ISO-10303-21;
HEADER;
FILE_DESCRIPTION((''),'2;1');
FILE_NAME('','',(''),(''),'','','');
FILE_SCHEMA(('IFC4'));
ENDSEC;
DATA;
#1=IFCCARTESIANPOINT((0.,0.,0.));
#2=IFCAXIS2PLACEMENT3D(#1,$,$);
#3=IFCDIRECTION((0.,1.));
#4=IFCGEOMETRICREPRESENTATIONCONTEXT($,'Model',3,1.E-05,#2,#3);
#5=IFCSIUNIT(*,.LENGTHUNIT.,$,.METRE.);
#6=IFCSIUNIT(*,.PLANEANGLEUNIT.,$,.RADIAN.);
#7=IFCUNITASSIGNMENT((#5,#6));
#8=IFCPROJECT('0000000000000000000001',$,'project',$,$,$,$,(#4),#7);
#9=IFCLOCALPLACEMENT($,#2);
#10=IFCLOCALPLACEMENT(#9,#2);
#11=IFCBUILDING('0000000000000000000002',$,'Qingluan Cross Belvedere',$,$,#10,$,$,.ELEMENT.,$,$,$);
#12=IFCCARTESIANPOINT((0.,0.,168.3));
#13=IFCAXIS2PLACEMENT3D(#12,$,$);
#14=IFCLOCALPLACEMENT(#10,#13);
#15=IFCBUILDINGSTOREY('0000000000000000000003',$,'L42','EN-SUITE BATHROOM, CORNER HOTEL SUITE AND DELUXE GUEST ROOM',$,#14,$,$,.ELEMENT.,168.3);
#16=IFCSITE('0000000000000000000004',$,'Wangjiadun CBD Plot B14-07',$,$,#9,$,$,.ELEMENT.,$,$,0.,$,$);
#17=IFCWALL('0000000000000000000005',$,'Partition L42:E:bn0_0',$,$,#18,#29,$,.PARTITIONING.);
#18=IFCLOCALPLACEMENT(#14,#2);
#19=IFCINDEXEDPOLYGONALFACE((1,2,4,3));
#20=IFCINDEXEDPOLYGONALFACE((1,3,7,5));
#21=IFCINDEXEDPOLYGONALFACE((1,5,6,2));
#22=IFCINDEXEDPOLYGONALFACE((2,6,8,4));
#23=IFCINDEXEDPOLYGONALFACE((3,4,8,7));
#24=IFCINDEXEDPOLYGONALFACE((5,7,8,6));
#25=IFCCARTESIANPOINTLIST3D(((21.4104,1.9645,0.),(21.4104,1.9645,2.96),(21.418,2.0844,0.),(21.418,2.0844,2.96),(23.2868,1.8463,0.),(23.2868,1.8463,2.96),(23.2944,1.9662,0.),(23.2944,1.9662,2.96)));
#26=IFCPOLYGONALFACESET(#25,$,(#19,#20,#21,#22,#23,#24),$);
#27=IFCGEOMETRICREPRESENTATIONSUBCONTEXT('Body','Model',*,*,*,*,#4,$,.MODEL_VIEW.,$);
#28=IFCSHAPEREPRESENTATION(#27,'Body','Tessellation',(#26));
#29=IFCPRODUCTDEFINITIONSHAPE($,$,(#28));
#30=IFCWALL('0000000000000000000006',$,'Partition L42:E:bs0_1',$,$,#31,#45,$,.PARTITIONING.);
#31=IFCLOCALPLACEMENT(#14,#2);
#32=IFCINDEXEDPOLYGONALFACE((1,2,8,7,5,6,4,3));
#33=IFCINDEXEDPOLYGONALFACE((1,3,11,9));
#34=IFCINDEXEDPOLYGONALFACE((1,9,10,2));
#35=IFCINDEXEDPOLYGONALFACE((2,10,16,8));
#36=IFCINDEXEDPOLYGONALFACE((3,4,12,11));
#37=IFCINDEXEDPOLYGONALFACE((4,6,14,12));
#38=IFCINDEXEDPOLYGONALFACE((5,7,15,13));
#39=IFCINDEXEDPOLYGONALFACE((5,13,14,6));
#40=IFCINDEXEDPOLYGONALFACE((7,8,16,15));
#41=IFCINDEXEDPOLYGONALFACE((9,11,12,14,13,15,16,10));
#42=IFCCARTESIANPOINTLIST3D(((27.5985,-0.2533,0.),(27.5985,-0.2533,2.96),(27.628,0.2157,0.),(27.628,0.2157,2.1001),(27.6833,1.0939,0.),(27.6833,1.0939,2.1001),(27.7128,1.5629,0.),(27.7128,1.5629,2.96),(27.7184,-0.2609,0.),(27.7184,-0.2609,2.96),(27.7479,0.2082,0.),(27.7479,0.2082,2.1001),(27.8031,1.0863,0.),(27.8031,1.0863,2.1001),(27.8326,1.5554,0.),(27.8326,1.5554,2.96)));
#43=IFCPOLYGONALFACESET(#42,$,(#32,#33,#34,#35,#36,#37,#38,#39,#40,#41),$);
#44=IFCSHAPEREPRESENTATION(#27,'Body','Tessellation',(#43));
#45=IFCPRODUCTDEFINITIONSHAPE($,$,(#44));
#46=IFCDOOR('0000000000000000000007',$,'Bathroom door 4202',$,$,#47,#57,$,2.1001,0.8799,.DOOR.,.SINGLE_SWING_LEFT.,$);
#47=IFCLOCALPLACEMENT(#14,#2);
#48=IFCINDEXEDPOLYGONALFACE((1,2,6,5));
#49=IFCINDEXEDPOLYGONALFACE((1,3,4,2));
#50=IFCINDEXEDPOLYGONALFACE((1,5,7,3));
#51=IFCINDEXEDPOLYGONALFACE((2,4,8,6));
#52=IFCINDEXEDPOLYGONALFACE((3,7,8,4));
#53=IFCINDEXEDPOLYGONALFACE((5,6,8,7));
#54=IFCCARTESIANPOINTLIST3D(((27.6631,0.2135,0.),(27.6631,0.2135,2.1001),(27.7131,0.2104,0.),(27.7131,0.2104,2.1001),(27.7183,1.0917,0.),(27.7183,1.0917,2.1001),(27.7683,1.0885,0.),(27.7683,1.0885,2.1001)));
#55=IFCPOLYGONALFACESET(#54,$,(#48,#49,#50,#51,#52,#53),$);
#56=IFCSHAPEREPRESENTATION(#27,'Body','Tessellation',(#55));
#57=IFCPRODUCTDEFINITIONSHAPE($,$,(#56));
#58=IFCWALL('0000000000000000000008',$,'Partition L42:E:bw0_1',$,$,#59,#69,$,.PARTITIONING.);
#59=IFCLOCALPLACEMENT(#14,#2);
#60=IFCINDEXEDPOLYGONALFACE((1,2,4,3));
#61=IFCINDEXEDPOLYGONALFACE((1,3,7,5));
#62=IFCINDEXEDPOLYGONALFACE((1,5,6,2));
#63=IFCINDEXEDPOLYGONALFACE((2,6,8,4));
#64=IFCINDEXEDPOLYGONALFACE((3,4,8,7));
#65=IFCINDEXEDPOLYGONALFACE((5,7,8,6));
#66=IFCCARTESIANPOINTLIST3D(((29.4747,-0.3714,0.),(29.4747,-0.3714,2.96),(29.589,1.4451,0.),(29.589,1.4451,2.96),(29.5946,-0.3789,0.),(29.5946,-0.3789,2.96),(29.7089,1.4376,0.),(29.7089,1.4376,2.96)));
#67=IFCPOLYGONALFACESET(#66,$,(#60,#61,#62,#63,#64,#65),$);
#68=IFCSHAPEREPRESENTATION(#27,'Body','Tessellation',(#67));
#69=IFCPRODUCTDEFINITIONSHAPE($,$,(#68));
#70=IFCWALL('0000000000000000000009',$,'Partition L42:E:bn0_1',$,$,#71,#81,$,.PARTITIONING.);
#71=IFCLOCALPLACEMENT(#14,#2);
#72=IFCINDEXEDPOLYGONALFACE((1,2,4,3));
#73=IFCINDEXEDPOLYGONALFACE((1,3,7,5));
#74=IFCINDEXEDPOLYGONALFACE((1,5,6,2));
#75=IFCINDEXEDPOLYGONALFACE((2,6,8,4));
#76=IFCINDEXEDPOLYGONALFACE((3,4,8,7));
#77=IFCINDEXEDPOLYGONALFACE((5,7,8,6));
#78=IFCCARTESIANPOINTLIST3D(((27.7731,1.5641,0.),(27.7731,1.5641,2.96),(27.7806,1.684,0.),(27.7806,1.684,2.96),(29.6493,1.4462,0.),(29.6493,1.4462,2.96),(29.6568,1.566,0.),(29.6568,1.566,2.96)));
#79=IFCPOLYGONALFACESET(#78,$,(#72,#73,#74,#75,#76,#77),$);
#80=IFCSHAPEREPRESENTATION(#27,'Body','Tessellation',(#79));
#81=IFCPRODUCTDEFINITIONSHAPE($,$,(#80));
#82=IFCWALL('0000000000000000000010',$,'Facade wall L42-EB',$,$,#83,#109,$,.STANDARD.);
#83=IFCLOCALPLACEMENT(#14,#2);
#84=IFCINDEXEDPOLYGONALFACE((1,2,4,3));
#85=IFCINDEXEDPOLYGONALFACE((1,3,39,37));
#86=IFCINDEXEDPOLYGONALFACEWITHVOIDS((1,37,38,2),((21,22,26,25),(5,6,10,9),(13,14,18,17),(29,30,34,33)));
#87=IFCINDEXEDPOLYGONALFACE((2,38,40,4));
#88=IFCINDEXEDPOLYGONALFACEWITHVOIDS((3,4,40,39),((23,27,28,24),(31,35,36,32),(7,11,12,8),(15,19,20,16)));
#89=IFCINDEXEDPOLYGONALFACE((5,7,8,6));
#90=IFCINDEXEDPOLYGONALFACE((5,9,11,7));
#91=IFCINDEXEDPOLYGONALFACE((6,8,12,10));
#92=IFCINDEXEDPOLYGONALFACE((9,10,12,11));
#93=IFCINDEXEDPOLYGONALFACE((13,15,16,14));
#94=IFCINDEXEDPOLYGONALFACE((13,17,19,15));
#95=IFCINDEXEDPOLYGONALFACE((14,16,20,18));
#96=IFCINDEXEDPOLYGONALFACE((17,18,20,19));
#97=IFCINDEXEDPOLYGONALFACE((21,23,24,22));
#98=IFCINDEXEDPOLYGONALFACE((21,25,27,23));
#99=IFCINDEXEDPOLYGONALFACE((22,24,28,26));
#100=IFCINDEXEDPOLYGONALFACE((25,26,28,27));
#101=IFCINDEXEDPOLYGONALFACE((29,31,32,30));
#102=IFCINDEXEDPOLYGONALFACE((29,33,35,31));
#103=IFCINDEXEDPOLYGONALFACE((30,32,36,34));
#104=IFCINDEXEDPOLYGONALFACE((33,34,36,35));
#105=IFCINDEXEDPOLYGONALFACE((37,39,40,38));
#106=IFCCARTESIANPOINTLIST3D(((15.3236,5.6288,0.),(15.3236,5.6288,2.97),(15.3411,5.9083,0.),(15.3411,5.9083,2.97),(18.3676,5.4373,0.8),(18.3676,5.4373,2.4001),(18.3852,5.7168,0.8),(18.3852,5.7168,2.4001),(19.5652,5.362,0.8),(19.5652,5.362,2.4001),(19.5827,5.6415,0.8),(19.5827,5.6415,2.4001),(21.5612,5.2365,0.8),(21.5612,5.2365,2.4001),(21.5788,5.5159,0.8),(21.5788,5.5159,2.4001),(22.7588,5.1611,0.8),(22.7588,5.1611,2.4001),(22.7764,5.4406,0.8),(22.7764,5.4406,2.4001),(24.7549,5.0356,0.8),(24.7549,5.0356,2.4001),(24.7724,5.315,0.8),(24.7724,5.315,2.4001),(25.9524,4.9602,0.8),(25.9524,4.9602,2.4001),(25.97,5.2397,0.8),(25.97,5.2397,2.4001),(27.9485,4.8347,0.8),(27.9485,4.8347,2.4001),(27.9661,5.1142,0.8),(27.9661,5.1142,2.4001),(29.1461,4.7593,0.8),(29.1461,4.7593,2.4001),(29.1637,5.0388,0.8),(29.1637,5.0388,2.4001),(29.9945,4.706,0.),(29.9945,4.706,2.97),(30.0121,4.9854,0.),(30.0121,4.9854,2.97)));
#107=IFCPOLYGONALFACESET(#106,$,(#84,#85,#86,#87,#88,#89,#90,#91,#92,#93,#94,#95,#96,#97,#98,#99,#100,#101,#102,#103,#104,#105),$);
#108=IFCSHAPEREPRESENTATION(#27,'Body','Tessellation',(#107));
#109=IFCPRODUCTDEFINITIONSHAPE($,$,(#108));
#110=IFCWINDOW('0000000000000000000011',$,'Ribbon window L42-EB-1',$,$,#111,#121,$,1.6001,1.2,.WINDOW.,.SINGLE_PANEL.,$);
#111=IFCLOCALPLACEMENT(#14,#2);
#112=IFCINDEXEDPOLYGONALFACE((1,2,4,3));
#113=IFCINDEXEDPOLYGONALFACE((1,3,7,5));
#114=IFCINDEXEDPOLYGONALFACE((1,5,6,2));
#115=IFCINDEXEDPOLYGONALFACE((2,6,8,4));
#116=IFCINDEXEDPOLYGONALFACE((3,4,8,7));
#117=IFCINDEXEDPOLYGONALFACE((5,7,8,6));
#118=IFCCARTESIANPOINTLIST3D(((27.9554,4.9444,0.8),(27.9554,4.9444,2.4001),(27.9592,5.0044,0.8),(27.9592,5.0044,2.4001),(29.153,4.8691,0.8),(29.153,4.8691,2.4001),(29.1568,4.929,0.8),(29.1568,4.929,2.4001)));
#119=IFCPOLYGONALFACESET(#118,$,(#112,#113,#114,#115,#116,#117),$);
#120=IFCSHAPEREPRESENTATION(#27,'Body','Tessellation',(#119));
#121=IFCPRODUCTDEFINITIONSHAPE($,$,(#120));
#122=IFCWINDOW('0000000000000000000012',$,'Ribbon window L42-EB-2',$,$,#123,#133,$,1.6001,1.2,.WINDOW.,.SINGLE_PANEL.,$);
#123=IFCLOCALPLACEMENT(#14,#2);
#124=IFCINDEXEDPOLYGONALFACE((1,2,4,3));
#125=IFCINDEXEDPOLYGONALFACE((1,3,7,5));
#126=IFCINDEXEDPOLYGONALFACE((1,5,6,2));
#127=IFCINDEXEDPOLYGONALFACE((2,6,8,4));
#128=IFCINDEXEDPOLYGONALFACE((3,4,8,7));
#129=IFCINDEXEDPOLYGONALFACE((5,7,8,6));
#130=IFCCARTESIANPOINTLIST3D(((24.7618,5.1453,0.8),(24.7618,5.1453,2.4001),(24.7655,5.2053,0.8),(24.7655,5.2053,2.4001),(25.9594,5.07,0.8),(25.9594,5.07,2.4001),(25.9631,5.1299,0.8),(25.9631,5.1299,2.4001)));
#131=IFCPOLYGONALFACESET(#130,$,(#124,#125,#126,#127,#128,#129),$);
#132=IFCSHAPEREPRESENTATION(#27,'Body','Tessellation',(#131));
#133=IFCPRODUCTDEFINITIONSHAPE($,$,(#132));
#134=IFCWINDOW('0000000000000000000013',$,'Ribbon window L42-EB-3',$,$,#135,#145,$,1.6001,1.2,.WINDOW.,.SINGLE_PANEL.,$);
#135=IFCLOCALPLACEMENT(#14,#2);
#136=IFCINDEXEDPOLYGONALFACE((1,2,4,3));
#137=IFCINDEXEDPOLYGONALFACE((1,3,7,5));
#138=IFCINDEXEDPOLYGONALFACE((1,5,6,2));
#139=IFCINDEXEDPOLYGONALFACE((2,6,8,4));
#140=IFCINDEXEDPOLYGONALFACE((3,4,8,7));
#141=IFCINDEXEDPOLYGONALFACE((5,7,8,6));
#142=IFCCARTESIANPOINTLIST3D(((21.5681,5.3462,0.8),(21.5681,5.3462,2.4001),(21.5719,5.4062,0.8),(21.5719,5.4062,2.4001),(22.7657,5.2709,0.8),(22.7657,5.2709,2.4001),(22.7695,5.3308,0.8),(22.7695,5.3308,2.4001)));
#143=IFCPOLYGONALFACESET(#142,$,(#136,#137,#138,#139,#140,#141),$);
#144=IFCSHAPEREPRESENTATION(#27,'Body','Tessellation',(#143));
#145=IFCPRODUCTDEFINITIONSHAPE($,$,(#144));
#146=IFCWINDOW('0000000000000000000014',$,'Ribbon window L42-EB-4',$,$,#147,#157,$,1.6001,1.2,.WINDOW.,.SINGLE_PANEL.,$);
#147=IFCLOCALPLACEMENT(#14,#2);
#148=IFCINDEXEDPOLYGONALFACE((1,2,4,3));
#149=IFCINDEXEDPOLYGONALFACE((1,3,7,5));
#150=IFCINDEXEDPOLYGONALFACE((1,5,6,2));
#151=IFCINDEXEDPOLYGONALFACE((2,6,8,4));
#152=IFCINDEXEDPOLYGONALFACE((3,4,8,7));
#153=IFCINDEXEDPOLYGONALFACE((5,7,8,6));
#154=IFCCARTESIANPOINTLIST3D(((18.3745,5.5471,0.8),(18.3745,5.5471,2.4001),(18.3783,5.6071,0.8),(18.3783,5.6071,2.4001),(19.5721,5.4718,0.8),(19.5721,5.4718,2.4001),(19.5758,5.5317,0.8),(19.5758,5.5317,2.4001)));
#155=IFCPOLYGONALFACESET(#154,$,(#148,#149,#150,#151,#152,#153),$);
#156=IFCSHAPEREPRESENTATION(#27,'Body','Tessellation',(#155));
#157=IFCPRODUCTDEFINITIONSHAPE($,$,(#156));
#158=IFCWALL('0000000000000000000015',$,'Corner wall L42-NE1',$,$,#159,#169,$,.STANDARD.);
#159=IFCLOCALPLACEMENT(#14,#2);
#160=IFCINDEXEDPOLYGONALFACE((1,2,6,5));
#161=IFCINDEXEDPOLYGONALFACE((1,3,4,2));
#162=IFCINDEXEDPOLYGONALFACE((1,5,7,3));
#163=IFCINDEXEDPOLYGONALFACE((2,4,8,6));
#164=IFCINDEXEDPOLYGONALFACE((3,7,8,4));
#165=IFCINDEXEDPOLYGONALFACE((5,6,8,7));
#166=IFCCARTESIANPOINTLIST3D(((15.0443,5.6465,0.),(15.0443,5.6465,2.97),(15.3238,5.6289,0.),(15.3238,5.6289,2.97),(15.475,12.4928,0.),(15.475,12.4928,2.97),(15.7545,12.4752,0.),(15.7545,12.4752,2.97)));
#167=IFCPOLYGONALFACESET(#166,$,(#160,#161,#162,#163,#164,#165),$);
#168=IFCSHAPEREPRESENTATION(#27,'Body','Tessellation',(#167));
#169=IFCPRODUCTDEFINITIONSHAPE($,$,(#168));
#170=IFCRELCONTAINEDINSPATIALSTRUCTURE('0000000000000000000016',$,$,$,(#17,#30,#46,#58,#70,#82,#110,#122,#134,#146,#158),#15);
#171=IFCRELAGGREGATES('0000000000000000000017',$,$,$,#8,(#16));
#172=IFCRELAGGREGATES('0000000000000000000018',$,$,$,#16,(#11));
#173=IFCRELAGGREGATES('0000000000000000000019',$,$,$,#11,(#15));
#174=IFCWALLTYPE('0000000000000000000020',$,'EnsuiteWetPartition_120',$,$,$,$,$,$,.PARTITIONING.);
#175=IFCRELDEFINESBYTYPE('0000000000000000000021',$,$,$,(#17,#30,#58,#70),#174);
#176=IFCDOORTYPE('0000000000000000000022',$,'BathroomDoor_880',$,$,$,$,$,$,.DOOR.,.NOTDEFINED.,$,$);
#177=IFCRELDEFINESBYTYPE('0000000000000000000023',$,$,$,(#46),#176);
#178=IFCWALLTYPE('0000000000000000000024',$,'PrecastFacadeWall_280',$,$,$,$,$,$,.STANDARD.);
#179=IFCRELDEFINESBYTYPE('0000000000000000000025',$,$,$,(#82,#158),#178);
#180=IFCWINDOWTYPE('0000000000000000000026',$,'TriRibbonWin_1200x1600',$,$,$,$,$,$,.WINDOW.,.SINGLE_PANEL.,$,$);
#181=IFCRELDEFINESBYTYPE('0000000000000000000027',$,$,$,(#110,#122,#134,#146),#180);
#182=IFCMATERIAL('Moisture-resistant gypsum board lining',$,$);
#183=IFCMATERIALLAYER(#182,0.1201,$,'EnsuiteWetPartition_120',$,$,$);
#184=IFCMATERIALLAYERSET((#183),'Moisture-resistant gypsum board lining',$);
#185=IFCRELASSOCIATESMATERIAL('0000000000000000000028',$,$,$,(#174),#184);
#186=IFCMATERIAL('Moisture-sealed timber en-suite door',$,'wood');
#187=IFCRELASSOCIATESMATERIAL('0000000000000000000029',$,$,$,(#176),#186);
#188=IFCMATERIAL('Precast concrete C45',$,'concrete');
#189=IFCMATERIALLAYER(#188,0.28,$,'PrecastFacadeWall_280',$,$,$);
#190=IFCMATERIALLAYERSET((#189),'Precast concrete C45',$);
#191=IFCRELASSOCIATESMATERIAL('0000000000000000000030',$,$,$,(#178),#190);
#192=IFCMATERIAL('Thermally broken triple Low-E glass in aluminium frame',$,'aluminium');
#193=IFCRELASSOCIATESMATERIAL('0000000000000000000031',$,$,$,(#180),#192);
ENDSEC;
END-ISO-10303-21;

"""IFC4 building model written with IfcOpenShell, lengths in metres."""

from ifc_helpers import new_model, si_unit, direction, frame, frame_2d, origin, place, context, subcontext, project, spatial, rectangle, extrude, material, layer, layer_set, type_object, element, fill, save


model = new_model("IFC4")

# Units and contexts
model_context = context("Model", 3, precision=1e-05, world=origin(), true_north=direction((0.0, 1.0)))
body_context = subcontext(model_context, "Body", "Model", "MODEL_VIEW")
ifc_project = project(units=[si_unit("LENGTHUNIT", "METRE"), si_unit("PLANEANGLEUNIT", "RADIAN")], contexts=[model_context])

# Site, building, storey
site_placement = place(None, origin())
site = spatial("IfcSite", under=ifc_project, at=site_placement, Name="Wangjiadun CBD Plot B14-07", CompositionType="ELEMENT", RefElevation=0.0)
building_placement = place(site_placement, origin())
building = spatial("IfcBuilding", under=site, at=building_placement, Name="Qingluan Cross Belvedere", CompositionType="ELEMENT")
storey_placement = place(building_placement, frame((0.0, 0.0, 168.3)))
storey = spatial("IfcBuildingStorey", under=building, at=storey_placement, Name="L42", Description="EN-SUITE BATHROOM, CORNER HOTEL SUITE AND DELUXE GUEST ROOM", CompositionType="ELEMENT", Elevation=168.3)

# Shared definitions
ifc_material_1 = material(Name="Moisture-resistant gypsum board lining")
ifc_layer_1 = layer(ifc_material_1, 0.1201, Name="EnsuiteWetPartition_120")
ifc_layer_set_1 = layer_set([ifc_layer_1], Name="Moisture-resistant gypsum board lining")
wall_type_1 = type_object("IfcWallType", Name="EnsuiteWetPartition_120", PredefinedType="PARTITIONING", material=ifc_layer_set_1)
ifc_material_2 = material(Name="Moisture-sealed timber en-suite door", Category="wood")
door_type_1 = type_object("IfcDoorType", Name="BathroomDoor_880", OperationType="NOTDEFINED", PredefinedType="DOOR", material=ifc_material_2)

# Wall
wall_1_placement = place(storey_placement, frame((21.4143, 2.0244, 0.0), z_axis=(0.0, 0.0, 1.0), x_axis=(0.998023, -0.062847, 0.0)))
element("IfcWall", 1, at=wall_1_placement, inside=storey, type_object=wall_type_1, Name="Partition L42:E:bn0_0", PredefinedType="PARTITIONING", context=body_context, shape_type="SweptSolid", body=[
    extrude(rectangle(XDim=1.8801, YDim=0.1201, at=frame_2d((0.9399, 0.0))), origin(), (0.0, 0.0, 1.0), 2.96),
])

# Wall, opening, door
wall_2_placement = place(storey_placement, frame((27.6584, -0.2571, 0.0), z_axis=(0.0, 0.0, 1.0), x_axis=(0.062788, 0.998027, 0.0)))
wall_2 = element("IfcWall", 2, at=wall_2_placement, inside=storey, type_object=wall_type_1, Name="Partition L42:E:bs0_1", PredefinedType="PARTITIONING", context=body_context, shape_type="SweptSolid", body=[
    extrude(rectangle(XDim=1.8198, YDim=0.1201, at=frame_2d((0.9099, 0.0))), origin(), (0.0, 0.0, 1.0), 2.96),
])
opening_1_placement = place(wall_2_placement, frame((0.47, 0.0, 0.0)))
opening_1 = element("IfcOpeningElement", 3, at=opening_1_placement, cuts=wall_2, PredefinedType="OPENING", context=body_context, shape_type="SweptSolid", body=[
    extrude(rectangle(XDim=0.8799, YDim=2.1001, at=frame_2d((0.4399, 1.05))), frame((0.0, 0.0701, 0.0), z_axis=(0.0, -1.0, 0.0), x_axis=(1.0, 0.0, 0.0)), (0.0, 0.0, 1.0), 0.1401),
])
door_1_placement = place(opening_1_placement, origin())
door_1 = element("IfcDoor", 4, at=door_1_placement, inside=storey, type_object=door_type_1, Name="Bathroom door 4202", OperationType="SINGLE_SWING_LEFT", OverallHeight=2.1001, OverallWidth=0.8799, PredefinedType="DOOR", context=body_context, shape_type="SweptSolid", body=[
    extrude(rectangle(XDim=0.8799, YDim=2.1001, at=frame_2d((0.4399, 1.05))), frame((0.0, 0.0249, 0.0), z_axis=(0.0, -1.0, 0.0), x_axis=(1.0, 0.0, 0.0)), (0.0, 0.0, 1.0), 0.05),
])
fill(opening_1, door_1)

# Walls
wall_3_placement = place(storey_placement, frame((29.5347, -0.3752, 0.0), z_axis=(0.0, 0.0, 1.0), x_axis=(0.062779, 0.998027, 0.0)))
element("IfcWall", 5, at=wall_3_placement, inside=storey, type_object=wall_type_1, Name="Partition L42:E:bw0_1", PredefinedType="PARTITIONING", context=body_context, shape_type="SweptSolid", body=[
    extrude(rectangle(XDim=1.8201, YDim=0.1201, at=frame_2d((0.9102, 0.0))), origin(), (0.0, 0.0, 1.0), 2.96),
])
wall_4_placement = place(storey_placement, frame((27.7769, 1.624, 0.0), z_axis=(0.0, 0.0, 1.0), x_axis=(0.998031, -0.062726, 0.0)))
element("IfcWall", 6, at=wall_4_placement, inside=storey, type_object=wall_type_1, Name="Partition L42:E:bn0_1", PredefinedType="PARTITIONING", context=body_context, shape_type="SweptSolid", body=[
    extrude(rectangle(XDim=1.8799, YDim=0.1201, at=frame_2d((0.9399, 0.0))), origin(), (0.0, 0.0, 1.0), 2.96),
])

# Wall, openings, windows
ifc_material_3 = material(Name="Precast concrete C45", Category="concrete")
ifc_layer_2 = layer(ifc_material_3, 0.28, Name="PrecastFacadeWall_280")
ifc_layer_set_2 = layer_set([ifc_layer_2], Name="Precast concrete C45")
wall_type_2 = type_object("IfcWallType", Name="PrecastFacadeWall_280", PredefinedType="STANDARD", material=ifc_layer_set_2)
wall_5_placement = place(storey_placement, frame((30.0034, 4.8457, 0.0), z_axis=(0.0, 0.0, 1.0), x_axis=(-0.998027, 0.062779, 0.0)))
wall_5 = element("IfcWall", 7, at=wall_5_placement, inside=storey, type_object=wall_type_2, Name="Facade wall L42-EB", PredefinedType="STANDARD", context=body_context, shape_type="SweptSolid", body=[
    extrude(rectangle(XDim=14.7, YDim=0.28, at=frame_2d((7.3501, 0.0))), origin(), (0.0, 0.0, 1.0), 2.97),
])
opening_2_placement = place(wall_5_placement, frame((0.8501, 0.0, 0.8)))
opening_2 = element("IfcOpeningElement", 8, at=opening_2_placement, cuts=wall_5, PredefinedType="OPENING", context=body_context, shape_type="SweptSolid", body=[
    extrude(rectangle(XDim=1.2, YDim=1.6001, at=frame_2d((0.6001, 0.8))), frame((0.0, 0.1499, 0.0), z_axis=(0.0, -1.0, 0.0), x_axis=(1.0, 0.0, 0.0)), (0.0, 0.0, 1.0), 0.3),
])
opening_3_placement = place(wall_5_placement, frame((4.05, 0.0, 0.8)))
opening_3 = element("IfcOpeningElement", 9, at=opening_3_placement, cuts=wall_5, PredefinedType="OPENING", context=body_context, shape_type="SweptSolid", body=[
    extrude(rectangle(XDim=1.2, YDim=1.6001, at=frame_2d((0.6001, 0.8))), frame((0.0, 0.1499, 0.0), z_axis=(0.0, -1.0, 0.0), x_axis=(1.0, 0.0, 0.0)), (0.0, 0.0, 1.0), 0.3),
])
opening_4_placement = place(wall_5_placement, frame((7.25, 0.0, 0.8)))
opening_4 = element("IfcOpeningElement", 10, at=opening_4_placement, cuts=wall_5, PredefinedType="OPENING", context=body_context, shape_type="SweptSolid", body=[
    extrude(rectangle(XDim=1.2, YDim=1.6001, at=frame_2d((0.6001, 0.8))), frame((0.0, 0.1499, 0.0), z_axis=(0.0, -1.0, 0.0), x_axis=(1.0, 0.0, 0.0)), (0.0, 0.0, 1.0), 0.3),
])
opening_5_placement = place(wall_5_placement, frame((10.45, 0.0, 0.8)))
opening_5 = element("IfcOpeningElement", 11, at=opening_5_placement, cuts=wall_5, PredefinedType="OPENING", context=body_context, shape_type="SweptSolid", body=[
    extrude(rectangle(XDim=1.2, YDim=1.6001, at=frame_2d((0.6001, 0.8))), frame((0.0, 0.1499, 0.0), z_axis=(0.0, -1.0, 0.0), x_axis=(1.0, 0.0, 0.0)), (0.0, 0.0, 1.0), 0.3),
])
ifc_material_4 = material(Name="Thermally broken triple Low-E glass in aluminium frame", Category="aluminium")
window_type = type_object("IfcWindowType", Name="TriRibbonWin_1200x1600", PartitioningType="SINGLE_PANEL", PredefinedType="WINDOW", material=ifc_material_4)
window_1_placement = place(opening_2_placement, origin())
window_1 = element("IfcWindow", 12, at=window_1_placement, inside=storey, type_object=window_type, Name="Ribbon window L42-EB-1", OverallHeight=1.6001, OverallWidth=1.2, PartitioningType="SINGLE_PANEL", PredefinedType="WINDOW", context=body_context, shape_type="SweptSolid", body=[
    extrude(rectangle(XDim=1.2, YDim=1.6001, at=frame_2d((0.6001, 0.8))), frame((0.0, 0.03, 0.0), z_axis=(0.0, -1.0, 0.0), x_axis=(1.0, 0.0, 0.0)), (0.0, 0.0, 1.0), 0.0601),
])
fill(opening_2, window_1)
window_2_placement = place(opening_3_placement, origin())
window_2 = element("IfcWindow", 13, at=window_2_placement, inside=storey, type_object=window_type, Name="Ribbon window L42-EB-2", OverallHeight=1.6001, OverallWidth=1.2, PartitioningType="SINGLE_PANEL", PredefinedType="WINDOW", context=body_context, shape_type="SweptSolid", body=[
    extrude(rectangle(XDim=1.2, YDim=1.6001, at=frame_2d((0.6001, 0.8))), frame((0.0, 0.03, 0.0), z_axis=(0.0, -1.0, 0.0), x_axis=(1.0, 0.0, 0.0)), (0.0, 0.0, 1.0), 0.0601),
])
fill(opening_3, window_2)
window_3_placement = place(opening_4_placement, origin())
window_3 = element("IfcWindow", 14, at=window_3_placement, inside=storey, type_object=window_type, Name="Ribbon window L42-EB-3", OverallHeight=1.6001, OverallWidth=1.2, PartitioningType="SINGLE_PANEL", PredefinedType="WINDOW", context=body_context, shape_type="SweptSolid", body=[
    extrude(rectangle(XDim=1.2, YDim=1.6001, at=frame_2d((0.6001, 0.8))), frame((0.0, 0.03, 0.0), z_axis=(0.0, -1.0, 0.0), x_axis=(1.0, 0.0, 0.0)), (0.0, 0.0, 1.0), 0.0601),
])
fill(opening_4, window_3)
window_4_placement = place(opening_5_placement, origin())
window_4 = element("IfcWindow", 15, at=window_4_placement, inside=storey, type_object=window_type, Name="Ribbon window L42-EB-4", OverallHeight=1.6001, OverallWidth=1.2, PartitioningType="SINGLE_PANEL", PredefinedType="WINDOW", context=body_context, shape_type="SweptSolid", body=[
    extrude(rectangle(XDim=1.2, YDim=1.6001, at=frame_2d((0.6001, 0.8))), frame((0.0, 0.03, 0.0), z_axis=(0.0, -1.0, 0.0), x_axis=(1.0, 0.0, 0.0)), (0.0, 0.0, 1.0), 0.0601),
])
fill(opening_5, window_4)

# Wall
wall_6_placement = place(storey_placement, frame((15.1841, 5.6377, 0.0), z_axis=(0.0, 0.0, 1.0), x_axis=(0.062779, 0.998027, 0.0)))
element("IfcWall", 16, at=wall_6_placement, inside=storey, type_object=wall_type_2, Name="Corner wall L42-NE1", PredefinedType="STANDARD", context=body_context, shape_type="SweptSolid", body=[
    extrude(rectangle(XDim=6.8599, YDim=0.28, at=frame_2d((3.4299, 0.0))), origin(), (0.0, 0.0, 1.0), 2.97),
])

save(model, "model.ifc")
